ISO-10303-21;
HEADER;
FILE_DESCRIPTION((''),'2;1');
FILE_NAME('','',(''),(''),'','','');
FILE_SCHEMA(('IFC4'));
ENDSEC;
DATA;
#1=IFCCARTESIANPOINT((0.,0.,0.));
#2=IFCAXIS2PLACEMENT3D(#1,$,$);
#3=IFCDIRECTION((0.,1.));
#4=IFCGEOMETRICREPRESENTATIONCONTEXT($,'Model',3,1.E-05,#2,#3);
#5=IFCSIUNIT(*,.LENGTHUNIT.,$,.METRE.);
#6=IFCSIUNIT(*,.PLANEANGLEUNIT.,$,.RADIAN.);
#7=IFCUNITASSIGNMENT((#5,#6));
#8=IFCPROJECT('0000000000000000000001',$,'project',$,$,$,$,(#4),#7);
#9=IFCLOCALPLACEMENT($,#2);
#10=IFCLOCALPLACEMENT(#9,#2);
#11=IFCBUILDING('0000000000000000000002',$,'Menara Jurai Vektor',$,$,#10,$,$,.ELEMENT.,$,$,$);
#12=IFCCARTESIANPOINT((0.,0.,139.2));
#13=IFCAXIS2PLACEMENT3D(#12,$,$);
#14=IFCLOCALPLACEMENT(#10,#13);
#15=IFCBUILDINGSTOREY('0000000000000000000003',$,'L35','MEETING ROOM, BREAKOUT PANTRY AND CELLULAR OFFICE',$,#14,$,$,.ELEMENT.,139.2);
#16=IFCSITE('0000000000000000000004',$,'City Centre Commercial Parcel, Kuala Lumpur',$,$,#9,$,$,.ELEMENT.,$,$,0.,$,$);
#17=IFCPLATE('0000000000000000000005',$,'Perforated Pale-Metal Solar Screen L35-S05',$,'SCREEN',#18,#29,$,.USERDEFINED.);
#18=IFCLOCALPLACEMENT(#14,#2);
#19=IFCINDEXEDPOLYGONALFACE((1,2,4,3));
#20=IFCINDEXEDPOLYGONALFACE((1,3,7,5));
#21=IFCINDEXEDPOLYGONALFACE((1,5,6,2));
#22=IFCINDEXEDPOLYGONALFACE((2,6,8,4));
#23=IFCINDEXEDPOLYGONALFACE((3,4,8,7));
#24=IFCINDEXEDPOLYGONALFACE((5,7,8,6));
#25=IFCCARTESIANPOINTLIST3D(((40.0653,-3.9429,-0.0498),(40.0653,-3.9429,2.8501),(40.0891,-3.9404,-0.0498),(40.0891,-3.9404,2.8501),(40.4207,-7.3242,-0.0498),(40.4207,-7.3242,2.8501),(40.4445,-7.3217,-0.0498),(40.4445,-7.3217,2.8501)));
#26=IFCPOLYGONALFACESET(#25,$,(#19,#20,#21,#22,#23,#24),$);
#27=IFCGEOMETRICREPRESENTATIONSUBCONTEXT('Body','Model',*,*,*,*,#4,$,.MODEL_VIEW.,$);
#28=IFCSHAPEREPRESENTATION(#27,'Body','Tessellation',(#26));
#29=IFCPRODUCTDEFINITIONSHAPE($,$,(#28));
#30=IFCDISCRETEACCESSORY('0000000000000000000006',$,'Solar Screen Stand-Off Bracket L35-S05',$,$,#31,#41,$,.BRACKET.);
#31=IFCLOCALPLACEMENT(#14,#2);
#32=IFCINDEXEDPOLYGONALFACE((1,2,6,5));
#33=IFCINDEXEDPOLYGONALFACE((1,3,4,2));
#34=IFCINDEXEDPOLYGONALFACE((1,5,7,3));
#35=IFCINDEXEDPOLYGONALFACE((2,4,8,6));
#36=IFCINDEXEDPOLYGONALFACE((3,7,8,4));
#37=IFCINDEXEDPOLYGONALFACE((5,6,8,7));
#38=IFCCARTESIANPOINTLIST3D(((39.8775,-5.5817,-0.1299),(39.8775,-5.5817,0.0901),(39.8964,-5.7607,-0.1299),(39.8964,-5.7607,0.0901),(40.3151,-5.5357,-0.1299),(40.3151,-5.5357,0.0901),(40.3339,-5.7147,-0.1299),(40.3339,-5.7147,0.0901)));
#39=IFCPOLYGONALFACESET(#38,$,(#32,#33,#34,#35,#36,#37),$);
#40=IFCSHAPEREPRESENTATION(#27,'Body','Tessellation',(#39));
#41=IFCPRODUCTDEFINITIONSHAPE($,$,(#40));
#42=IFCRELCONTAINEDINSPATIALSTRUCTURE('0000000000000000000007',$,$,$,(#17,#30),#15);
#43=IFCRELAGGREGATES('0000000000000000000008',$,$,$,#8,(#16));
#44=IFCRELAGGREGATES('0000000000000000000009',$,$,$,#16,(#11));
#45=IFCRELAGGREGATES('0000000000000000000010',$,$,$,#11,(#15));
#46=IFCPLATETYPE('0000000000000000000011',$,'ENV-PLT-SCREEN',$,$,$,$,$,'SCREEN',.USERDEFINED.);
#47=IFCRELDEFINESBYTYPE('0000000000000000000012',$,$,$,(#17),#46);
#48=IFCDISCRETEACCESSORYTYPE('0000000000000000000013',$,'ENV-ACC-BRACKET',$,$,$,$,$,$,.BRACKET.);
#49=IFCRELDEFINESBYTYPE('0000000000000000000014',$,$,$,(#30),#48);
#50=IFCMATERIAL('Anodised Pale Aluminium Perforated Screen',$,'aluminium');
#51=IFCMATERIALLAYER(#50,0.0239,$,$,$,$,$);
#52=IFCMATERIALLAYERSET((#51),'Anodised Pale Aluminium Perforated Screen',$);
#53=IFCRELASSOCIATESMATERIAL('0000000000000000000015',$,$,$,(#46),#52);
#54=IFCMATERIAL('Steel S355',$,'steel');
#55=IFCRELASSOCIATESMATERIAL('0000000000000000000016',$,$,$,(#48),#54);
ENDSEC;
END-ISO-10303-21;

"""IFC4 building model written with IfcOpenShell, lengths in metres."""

from ifc_helpers import new_model, si_unit, direction, frame, origin, origin_2d, place, context, subcontext, project, spatial, rectangle, extrude, material, layer, layer_set, type_object, element, save


model = new_model("IFC4")

# Units and contexts
model_context = context("Model", 3, precision=1e-05, world=origin(), true_north=direction((0.0, 1.0)))
body_context = subcontext(model_context, "Body", "Model", "MODEL_VIEW")
ifc_project = project(units=[si_unit("LENGTHUNIT", "METRE"), si_unit("PLANEANGLEUNIT", "RADIAN")], contexts=[model_context])

# Site, building, storey
site_placement = place(None, origin())
site = spatial("IfcSite", under=ifc_project, at=site_placement, Name="City Centre Commercial Parcel, Kuala Lumpur", CompositionType="ELEMENT", RefElevation=0.0)
building_placement = place(site_placement, origin())
building = spatial("IfcBuilding", under=site, at=building_placement, Name="Menara Jurai Vektor", CompositionType="ELEMENT")
storey_placement = place(building_placement, frame((0.0, 0.0, 139.2)))
storey = spatial("IfcBuildingStorey", under=building, at=storey_placement, Name="L35", Description="MEETING ROOM, BREAKOUT PANTRY AND CELLULAR OFFICE", CompositionType="ELEMENT", Elevation=139.2)

# Shared definitions
ifc_material_1 = material(Name="Steel S355", Category="steel")

# Plate
ifc_material_2 = material(Name="Anodised Pale Aluminium Perforated Screen", Category="aluminium")
ifc_layer_1 = layer(ifc_material_2, 0.0239)
ifc_layer_set_1 = layer_set([ifc_layer_1], Name="Anodised Pale Aluminium Perforated Screen")
plate_type_1 = type_object("IfcPlateType", Name="ENV-PLT-SCREEN", ElementType="SCREEN", PredefinedType="USERDEFINED", material=ifc_layer_set_1)
plate_1_placement = place(storey_placement, frame((40.2549, -5.6323, -0.0498), z_axis=(0.0, 0.0, 1.0), x_axis=(-0.104528, 0.994522, 0.0)))
element("IfcPlate", 1, at=plate_1_placement, inside=storey, type_object=plate_type_1, Name="Perforated Pale-Metal Solar Screen L35-S05", ObjectType="SCREEN", PredefinedType="USERDEFINED", context=body_context, shape_type="SweptSolid", body=[
    extrude(rectangle(XDim=3.3999, YDim=0.0239, at=origin_2d()), origin(), (0.0, 0.0, 1.0), 2.8999),
])

# Discrete accessory
discrete_accessory_type = type_object("IfcDiscreteAccessoryType", Name="ENV-ACC-BRACKET", PredefinedType="BRACKET", material=ifc_material_1)
discrete_accessory_placement = place(storey_placement, frame((40.1057, -5.6482, -0.1299), z_axis=(0.0, 0.0, 1.0), x_axis=(-0.104528, 0.994522, 0.0)))
element("IfcDiscreteAccessory", 2, at=discrete_accessory_placement, inside=storey, type_object=discrete_accessory_type, Name="Solar Screen Stand-Off Bracket L35-S05", PredefinedType="BRACKET", context=body_context, shape_type="SweptSolid", body=[
    extrude(rectangle(XDim=0.1799, YDim=0.4399, at=origin_2d()), origin(), (0.0, 0.0, 1.0), 0.22),
])

save(model, "model.ifc")
